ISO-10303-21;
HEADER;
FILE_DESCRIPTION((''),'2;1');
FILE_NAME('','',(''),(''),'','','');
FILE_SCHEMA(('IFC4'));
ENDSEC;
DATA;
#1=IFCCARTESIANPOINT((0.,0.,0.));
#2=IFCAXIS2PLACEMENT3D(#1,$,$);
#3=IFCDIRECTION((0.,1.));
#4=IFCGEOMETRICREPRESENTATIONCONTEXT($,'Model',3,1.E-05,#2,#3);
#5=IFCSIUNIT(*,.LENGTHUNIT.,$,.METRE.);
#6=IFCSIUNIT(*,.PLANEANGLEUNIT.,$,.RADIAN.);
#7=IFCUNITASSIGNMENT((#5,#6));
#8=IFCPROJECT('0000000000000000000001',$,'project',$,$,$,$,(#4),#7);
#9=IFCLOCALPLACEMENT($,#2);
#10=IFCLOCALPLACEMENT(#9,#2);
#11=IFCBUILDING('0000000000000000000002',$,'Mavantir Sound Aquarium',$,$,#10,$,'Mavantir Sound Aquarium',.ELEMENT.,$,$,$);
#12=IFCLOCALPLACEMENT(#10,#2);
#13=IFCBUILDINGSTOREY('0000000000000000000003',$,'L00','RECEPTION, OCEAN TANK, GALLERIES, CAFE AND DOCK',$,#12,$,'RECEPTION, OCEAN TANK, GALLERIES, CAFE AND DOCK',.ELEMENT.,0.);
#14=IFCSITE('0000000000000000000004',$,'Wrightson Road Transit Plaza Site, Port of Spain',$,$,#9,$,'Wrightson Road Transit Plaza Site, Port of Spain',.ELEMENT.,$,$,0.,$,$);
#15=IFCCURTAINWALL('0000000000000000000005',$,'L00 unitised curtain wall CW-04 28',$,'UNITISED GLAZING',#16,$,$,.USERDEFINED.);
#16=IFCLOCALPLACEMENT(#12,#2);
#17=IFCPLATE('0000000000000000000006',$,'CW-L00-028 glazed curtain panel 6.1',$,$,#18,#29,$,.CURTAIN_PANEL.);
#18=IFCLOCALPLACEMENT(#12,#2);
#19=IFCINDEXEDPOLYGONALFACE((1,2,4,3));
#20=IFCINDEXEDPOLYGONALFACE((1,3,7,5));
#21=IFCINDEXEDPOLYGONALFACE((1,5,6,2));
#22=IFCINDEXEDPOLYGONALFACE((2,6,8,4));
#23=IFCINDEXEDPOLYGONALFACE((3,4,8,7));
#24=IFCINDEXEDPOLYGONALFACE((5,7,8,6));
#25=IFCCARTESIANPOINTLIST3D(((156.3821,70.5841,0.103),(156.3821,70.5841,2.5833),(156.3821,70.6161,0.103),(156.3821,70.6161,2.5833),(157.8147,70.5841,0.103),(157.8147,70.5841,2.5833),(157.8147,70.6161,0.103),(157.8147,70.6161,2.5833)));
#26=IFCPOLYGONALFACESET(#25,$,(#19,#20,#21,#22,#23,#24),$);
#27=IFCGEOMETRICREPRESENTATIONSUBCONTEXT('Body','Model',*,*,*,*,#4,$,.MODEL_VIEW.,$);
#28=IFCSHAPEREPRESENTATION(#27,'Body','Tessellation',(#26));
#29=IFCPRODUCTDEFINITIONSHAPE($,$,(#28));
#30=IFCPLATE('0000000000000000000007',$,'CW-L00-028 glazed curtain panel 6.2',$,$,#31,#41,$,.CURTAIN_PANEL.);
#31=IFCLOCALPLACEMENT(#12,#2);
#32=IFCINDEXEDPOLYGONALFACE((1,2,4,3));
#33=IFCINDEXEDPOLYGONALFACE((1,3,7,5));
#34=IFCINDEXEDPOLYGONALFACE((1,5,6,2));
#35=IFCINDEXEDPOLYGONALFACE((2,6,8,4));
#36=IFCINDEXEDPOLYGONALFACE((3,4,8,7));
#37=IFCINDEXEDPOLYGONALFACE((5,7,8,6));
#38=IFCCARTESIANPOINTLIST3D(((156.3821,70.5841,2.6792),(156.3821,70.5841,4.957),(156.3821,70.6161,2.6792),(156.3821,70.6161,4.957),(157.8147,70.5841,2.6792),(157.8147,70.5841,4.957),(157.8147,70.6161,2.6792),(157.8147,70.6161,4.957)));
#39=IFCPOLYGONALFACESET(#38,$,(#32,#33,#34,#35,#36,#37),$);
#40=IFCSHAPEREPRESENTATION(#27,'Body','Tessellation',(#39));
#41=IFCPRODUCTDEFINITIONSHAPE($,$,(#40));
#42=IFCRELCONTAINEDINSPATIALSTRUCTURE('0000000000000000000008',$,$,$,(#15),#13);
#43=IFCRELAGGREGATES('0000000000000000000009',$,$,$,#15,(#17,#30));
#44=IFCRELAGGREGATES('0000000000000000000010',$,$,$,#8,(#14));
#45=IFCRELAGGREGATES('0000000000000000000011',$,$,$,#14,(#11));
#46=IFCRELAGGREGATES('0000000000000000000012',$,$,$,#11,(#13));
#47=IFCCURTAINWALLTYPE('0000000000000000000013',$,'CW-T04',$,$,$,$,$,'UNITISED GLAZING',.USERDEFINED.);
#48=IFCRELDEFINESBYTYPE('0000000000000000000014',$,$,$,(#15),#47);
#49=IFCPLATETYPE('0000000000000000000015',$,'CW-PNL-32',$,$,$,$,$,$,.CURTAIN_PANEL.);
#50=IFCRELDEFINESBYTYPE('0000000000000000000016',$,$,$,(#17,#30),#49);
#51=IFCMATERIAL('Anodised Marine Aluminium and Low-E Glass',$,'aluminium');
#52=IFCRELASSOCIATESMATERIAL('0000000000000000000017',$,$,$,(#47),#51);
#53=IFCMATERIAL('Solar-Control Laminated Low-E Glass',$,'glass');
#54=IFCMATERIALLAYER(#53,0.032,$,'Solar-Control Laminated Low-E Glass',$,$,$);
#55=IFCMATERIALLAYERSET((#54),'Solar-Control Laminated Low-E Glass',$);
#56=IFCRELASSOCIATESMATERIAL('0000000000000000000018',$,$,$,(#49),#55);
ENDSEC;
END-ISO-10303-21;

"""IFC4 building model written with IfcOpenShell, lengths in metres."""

from ifc_helpers import new_model, si_unit, direction, frame, origin, origin_2d, place, context, subcontext, project, spatial, rectangle, extrude, material, layer, layer_set, type_object, element, aggregate, save


model = new_model("IFC4")

# Units and contexts
model_context = context("Model", 3, precision=1e-05, world=origin(), true_north=direction((0.0, 1.0)))
body_context = subcontext(model_context, "Body", "Model", "MODEL_VIEW")
ifc_project = project(units=[si_unit("LENGTHUNIT", "METRE"), si_unit("PLANEANGLEUNIT", "RADIAN")], contexts=[model_context])

# Site, building, storey
site_placement = place(None, origin())
site = spatial("IfcSite", under=ifc_project, at=site_placement, Name="Wrightson Road Transit Plaza Site, Port of Spain", LongName="Wrightson Road Transit Plaza Site, Port of Spain", CompositionType="ELEMENT", RefElevation=0.0)
building_placement = place(site_placement, origin())
building = spatial("IfcBuilding", under=site, at=building_placement, Name="Mavantir Sound Aquarium", LongName="Mavantir Sound Aquarium", CompositionType="ELEMENT")
storey_placement = place(building_placement, origin())
storey = spatial("IfcBuildingStorey", under=building, at=storey_placement, Name="L00", Description="RECEPTION, OCEAN TANK, GALLERIES, CAFE AND DOCK", LongName="RECEPTION, OCEAN TANK, GALLERIES, CAFE AND DOCK", CompositionType="ELEMENT", Elevation=0.0)

# Curtain wall
ifc_material_1 = material(Name="Anodised Marine Aluminium and Low-E Glass", Category="aluminium")
curtain_wall_type_1 = type_object("IfcCurtainWallType", Name="CW-T04", ElementType="UNITISED GLAZING", PredefinedType="USERDEFINED", material=ifc_material_1)
curtain_wall_1_placement = place(storey_placement, origin())
curtain_wall_1 = element("IfcCurtainWall", 1, at=curtain_wall_1_placement, inside=storey, type_object=curtain_wall_type_1, Name="L00 unitised curtain wall CW-04 28", ObjectType="UNITISED GLAZING", PredefinedType="USERDEFINED")

# Plates
ifc_material_2 = material(Name="Solar-Control Laminated Low-E Glass", Category="glass")
ifc_layer_1 = layer(ifc_material_2, 0.032, Name="Solar-Control Laminated Low-E Glass")
ifc_layer_set_1 = layer_set([ifc_layer_1], Name="Solar-Control Laminated Low-E Glass")
plate_type_1 = type_object("IfcPlateType", Name="CW-PNL-32", PredefinedType="CURTAIN_PANEL", material=ifc_layer_set_1)
plate_1_placement = place(storey_placement, frame((157.0984, 70.6001, 0.103), z_axis=(0.0, 0.0, 1.0), x_axis=(-1.0, 0.0, 0.0)))
plate_1 = element("IfcPlate", 2, at=plate_1_placement, type_object=plate_type_1, Name="CW-L00-028 glazed curtain panel 6.1", PredefinedType="CURTAIN_PANEL", context=body_context, shape_type="SweptSolid", body=[
    extrude(rectangle(XDim=1.4326, YDim=0.032, at=origin_2d()), origin(), (0.0, 0.0, 1.0), 2.4802),
])
plate_2_placement = place(storey_placement, frame((157.0984, 70.6001, 2.6792), z_axis=(0.0, 0.0, 1.0), x_axis=(-1.0, 0.0, 0.0)))
plate_2 = element("IfcPlate", 3, at=plate_2_placement, type_object=plate_type_1, Name="CW-L00-028 glazed curtain panel 6.2", PredefinedType="CURTAIN_PANEL", context=body_context, shape_type="SweptSolid", body=[
    extrude(rectangle(XDim=1.4326, YDim=0.032, at=origin_2d()), origin(), (0.0, 0.0, 1.0), 2.2778),
])
aggregate(curtain_wall_1, [plate_1, plate_2])

save(model, "model.ifc")
